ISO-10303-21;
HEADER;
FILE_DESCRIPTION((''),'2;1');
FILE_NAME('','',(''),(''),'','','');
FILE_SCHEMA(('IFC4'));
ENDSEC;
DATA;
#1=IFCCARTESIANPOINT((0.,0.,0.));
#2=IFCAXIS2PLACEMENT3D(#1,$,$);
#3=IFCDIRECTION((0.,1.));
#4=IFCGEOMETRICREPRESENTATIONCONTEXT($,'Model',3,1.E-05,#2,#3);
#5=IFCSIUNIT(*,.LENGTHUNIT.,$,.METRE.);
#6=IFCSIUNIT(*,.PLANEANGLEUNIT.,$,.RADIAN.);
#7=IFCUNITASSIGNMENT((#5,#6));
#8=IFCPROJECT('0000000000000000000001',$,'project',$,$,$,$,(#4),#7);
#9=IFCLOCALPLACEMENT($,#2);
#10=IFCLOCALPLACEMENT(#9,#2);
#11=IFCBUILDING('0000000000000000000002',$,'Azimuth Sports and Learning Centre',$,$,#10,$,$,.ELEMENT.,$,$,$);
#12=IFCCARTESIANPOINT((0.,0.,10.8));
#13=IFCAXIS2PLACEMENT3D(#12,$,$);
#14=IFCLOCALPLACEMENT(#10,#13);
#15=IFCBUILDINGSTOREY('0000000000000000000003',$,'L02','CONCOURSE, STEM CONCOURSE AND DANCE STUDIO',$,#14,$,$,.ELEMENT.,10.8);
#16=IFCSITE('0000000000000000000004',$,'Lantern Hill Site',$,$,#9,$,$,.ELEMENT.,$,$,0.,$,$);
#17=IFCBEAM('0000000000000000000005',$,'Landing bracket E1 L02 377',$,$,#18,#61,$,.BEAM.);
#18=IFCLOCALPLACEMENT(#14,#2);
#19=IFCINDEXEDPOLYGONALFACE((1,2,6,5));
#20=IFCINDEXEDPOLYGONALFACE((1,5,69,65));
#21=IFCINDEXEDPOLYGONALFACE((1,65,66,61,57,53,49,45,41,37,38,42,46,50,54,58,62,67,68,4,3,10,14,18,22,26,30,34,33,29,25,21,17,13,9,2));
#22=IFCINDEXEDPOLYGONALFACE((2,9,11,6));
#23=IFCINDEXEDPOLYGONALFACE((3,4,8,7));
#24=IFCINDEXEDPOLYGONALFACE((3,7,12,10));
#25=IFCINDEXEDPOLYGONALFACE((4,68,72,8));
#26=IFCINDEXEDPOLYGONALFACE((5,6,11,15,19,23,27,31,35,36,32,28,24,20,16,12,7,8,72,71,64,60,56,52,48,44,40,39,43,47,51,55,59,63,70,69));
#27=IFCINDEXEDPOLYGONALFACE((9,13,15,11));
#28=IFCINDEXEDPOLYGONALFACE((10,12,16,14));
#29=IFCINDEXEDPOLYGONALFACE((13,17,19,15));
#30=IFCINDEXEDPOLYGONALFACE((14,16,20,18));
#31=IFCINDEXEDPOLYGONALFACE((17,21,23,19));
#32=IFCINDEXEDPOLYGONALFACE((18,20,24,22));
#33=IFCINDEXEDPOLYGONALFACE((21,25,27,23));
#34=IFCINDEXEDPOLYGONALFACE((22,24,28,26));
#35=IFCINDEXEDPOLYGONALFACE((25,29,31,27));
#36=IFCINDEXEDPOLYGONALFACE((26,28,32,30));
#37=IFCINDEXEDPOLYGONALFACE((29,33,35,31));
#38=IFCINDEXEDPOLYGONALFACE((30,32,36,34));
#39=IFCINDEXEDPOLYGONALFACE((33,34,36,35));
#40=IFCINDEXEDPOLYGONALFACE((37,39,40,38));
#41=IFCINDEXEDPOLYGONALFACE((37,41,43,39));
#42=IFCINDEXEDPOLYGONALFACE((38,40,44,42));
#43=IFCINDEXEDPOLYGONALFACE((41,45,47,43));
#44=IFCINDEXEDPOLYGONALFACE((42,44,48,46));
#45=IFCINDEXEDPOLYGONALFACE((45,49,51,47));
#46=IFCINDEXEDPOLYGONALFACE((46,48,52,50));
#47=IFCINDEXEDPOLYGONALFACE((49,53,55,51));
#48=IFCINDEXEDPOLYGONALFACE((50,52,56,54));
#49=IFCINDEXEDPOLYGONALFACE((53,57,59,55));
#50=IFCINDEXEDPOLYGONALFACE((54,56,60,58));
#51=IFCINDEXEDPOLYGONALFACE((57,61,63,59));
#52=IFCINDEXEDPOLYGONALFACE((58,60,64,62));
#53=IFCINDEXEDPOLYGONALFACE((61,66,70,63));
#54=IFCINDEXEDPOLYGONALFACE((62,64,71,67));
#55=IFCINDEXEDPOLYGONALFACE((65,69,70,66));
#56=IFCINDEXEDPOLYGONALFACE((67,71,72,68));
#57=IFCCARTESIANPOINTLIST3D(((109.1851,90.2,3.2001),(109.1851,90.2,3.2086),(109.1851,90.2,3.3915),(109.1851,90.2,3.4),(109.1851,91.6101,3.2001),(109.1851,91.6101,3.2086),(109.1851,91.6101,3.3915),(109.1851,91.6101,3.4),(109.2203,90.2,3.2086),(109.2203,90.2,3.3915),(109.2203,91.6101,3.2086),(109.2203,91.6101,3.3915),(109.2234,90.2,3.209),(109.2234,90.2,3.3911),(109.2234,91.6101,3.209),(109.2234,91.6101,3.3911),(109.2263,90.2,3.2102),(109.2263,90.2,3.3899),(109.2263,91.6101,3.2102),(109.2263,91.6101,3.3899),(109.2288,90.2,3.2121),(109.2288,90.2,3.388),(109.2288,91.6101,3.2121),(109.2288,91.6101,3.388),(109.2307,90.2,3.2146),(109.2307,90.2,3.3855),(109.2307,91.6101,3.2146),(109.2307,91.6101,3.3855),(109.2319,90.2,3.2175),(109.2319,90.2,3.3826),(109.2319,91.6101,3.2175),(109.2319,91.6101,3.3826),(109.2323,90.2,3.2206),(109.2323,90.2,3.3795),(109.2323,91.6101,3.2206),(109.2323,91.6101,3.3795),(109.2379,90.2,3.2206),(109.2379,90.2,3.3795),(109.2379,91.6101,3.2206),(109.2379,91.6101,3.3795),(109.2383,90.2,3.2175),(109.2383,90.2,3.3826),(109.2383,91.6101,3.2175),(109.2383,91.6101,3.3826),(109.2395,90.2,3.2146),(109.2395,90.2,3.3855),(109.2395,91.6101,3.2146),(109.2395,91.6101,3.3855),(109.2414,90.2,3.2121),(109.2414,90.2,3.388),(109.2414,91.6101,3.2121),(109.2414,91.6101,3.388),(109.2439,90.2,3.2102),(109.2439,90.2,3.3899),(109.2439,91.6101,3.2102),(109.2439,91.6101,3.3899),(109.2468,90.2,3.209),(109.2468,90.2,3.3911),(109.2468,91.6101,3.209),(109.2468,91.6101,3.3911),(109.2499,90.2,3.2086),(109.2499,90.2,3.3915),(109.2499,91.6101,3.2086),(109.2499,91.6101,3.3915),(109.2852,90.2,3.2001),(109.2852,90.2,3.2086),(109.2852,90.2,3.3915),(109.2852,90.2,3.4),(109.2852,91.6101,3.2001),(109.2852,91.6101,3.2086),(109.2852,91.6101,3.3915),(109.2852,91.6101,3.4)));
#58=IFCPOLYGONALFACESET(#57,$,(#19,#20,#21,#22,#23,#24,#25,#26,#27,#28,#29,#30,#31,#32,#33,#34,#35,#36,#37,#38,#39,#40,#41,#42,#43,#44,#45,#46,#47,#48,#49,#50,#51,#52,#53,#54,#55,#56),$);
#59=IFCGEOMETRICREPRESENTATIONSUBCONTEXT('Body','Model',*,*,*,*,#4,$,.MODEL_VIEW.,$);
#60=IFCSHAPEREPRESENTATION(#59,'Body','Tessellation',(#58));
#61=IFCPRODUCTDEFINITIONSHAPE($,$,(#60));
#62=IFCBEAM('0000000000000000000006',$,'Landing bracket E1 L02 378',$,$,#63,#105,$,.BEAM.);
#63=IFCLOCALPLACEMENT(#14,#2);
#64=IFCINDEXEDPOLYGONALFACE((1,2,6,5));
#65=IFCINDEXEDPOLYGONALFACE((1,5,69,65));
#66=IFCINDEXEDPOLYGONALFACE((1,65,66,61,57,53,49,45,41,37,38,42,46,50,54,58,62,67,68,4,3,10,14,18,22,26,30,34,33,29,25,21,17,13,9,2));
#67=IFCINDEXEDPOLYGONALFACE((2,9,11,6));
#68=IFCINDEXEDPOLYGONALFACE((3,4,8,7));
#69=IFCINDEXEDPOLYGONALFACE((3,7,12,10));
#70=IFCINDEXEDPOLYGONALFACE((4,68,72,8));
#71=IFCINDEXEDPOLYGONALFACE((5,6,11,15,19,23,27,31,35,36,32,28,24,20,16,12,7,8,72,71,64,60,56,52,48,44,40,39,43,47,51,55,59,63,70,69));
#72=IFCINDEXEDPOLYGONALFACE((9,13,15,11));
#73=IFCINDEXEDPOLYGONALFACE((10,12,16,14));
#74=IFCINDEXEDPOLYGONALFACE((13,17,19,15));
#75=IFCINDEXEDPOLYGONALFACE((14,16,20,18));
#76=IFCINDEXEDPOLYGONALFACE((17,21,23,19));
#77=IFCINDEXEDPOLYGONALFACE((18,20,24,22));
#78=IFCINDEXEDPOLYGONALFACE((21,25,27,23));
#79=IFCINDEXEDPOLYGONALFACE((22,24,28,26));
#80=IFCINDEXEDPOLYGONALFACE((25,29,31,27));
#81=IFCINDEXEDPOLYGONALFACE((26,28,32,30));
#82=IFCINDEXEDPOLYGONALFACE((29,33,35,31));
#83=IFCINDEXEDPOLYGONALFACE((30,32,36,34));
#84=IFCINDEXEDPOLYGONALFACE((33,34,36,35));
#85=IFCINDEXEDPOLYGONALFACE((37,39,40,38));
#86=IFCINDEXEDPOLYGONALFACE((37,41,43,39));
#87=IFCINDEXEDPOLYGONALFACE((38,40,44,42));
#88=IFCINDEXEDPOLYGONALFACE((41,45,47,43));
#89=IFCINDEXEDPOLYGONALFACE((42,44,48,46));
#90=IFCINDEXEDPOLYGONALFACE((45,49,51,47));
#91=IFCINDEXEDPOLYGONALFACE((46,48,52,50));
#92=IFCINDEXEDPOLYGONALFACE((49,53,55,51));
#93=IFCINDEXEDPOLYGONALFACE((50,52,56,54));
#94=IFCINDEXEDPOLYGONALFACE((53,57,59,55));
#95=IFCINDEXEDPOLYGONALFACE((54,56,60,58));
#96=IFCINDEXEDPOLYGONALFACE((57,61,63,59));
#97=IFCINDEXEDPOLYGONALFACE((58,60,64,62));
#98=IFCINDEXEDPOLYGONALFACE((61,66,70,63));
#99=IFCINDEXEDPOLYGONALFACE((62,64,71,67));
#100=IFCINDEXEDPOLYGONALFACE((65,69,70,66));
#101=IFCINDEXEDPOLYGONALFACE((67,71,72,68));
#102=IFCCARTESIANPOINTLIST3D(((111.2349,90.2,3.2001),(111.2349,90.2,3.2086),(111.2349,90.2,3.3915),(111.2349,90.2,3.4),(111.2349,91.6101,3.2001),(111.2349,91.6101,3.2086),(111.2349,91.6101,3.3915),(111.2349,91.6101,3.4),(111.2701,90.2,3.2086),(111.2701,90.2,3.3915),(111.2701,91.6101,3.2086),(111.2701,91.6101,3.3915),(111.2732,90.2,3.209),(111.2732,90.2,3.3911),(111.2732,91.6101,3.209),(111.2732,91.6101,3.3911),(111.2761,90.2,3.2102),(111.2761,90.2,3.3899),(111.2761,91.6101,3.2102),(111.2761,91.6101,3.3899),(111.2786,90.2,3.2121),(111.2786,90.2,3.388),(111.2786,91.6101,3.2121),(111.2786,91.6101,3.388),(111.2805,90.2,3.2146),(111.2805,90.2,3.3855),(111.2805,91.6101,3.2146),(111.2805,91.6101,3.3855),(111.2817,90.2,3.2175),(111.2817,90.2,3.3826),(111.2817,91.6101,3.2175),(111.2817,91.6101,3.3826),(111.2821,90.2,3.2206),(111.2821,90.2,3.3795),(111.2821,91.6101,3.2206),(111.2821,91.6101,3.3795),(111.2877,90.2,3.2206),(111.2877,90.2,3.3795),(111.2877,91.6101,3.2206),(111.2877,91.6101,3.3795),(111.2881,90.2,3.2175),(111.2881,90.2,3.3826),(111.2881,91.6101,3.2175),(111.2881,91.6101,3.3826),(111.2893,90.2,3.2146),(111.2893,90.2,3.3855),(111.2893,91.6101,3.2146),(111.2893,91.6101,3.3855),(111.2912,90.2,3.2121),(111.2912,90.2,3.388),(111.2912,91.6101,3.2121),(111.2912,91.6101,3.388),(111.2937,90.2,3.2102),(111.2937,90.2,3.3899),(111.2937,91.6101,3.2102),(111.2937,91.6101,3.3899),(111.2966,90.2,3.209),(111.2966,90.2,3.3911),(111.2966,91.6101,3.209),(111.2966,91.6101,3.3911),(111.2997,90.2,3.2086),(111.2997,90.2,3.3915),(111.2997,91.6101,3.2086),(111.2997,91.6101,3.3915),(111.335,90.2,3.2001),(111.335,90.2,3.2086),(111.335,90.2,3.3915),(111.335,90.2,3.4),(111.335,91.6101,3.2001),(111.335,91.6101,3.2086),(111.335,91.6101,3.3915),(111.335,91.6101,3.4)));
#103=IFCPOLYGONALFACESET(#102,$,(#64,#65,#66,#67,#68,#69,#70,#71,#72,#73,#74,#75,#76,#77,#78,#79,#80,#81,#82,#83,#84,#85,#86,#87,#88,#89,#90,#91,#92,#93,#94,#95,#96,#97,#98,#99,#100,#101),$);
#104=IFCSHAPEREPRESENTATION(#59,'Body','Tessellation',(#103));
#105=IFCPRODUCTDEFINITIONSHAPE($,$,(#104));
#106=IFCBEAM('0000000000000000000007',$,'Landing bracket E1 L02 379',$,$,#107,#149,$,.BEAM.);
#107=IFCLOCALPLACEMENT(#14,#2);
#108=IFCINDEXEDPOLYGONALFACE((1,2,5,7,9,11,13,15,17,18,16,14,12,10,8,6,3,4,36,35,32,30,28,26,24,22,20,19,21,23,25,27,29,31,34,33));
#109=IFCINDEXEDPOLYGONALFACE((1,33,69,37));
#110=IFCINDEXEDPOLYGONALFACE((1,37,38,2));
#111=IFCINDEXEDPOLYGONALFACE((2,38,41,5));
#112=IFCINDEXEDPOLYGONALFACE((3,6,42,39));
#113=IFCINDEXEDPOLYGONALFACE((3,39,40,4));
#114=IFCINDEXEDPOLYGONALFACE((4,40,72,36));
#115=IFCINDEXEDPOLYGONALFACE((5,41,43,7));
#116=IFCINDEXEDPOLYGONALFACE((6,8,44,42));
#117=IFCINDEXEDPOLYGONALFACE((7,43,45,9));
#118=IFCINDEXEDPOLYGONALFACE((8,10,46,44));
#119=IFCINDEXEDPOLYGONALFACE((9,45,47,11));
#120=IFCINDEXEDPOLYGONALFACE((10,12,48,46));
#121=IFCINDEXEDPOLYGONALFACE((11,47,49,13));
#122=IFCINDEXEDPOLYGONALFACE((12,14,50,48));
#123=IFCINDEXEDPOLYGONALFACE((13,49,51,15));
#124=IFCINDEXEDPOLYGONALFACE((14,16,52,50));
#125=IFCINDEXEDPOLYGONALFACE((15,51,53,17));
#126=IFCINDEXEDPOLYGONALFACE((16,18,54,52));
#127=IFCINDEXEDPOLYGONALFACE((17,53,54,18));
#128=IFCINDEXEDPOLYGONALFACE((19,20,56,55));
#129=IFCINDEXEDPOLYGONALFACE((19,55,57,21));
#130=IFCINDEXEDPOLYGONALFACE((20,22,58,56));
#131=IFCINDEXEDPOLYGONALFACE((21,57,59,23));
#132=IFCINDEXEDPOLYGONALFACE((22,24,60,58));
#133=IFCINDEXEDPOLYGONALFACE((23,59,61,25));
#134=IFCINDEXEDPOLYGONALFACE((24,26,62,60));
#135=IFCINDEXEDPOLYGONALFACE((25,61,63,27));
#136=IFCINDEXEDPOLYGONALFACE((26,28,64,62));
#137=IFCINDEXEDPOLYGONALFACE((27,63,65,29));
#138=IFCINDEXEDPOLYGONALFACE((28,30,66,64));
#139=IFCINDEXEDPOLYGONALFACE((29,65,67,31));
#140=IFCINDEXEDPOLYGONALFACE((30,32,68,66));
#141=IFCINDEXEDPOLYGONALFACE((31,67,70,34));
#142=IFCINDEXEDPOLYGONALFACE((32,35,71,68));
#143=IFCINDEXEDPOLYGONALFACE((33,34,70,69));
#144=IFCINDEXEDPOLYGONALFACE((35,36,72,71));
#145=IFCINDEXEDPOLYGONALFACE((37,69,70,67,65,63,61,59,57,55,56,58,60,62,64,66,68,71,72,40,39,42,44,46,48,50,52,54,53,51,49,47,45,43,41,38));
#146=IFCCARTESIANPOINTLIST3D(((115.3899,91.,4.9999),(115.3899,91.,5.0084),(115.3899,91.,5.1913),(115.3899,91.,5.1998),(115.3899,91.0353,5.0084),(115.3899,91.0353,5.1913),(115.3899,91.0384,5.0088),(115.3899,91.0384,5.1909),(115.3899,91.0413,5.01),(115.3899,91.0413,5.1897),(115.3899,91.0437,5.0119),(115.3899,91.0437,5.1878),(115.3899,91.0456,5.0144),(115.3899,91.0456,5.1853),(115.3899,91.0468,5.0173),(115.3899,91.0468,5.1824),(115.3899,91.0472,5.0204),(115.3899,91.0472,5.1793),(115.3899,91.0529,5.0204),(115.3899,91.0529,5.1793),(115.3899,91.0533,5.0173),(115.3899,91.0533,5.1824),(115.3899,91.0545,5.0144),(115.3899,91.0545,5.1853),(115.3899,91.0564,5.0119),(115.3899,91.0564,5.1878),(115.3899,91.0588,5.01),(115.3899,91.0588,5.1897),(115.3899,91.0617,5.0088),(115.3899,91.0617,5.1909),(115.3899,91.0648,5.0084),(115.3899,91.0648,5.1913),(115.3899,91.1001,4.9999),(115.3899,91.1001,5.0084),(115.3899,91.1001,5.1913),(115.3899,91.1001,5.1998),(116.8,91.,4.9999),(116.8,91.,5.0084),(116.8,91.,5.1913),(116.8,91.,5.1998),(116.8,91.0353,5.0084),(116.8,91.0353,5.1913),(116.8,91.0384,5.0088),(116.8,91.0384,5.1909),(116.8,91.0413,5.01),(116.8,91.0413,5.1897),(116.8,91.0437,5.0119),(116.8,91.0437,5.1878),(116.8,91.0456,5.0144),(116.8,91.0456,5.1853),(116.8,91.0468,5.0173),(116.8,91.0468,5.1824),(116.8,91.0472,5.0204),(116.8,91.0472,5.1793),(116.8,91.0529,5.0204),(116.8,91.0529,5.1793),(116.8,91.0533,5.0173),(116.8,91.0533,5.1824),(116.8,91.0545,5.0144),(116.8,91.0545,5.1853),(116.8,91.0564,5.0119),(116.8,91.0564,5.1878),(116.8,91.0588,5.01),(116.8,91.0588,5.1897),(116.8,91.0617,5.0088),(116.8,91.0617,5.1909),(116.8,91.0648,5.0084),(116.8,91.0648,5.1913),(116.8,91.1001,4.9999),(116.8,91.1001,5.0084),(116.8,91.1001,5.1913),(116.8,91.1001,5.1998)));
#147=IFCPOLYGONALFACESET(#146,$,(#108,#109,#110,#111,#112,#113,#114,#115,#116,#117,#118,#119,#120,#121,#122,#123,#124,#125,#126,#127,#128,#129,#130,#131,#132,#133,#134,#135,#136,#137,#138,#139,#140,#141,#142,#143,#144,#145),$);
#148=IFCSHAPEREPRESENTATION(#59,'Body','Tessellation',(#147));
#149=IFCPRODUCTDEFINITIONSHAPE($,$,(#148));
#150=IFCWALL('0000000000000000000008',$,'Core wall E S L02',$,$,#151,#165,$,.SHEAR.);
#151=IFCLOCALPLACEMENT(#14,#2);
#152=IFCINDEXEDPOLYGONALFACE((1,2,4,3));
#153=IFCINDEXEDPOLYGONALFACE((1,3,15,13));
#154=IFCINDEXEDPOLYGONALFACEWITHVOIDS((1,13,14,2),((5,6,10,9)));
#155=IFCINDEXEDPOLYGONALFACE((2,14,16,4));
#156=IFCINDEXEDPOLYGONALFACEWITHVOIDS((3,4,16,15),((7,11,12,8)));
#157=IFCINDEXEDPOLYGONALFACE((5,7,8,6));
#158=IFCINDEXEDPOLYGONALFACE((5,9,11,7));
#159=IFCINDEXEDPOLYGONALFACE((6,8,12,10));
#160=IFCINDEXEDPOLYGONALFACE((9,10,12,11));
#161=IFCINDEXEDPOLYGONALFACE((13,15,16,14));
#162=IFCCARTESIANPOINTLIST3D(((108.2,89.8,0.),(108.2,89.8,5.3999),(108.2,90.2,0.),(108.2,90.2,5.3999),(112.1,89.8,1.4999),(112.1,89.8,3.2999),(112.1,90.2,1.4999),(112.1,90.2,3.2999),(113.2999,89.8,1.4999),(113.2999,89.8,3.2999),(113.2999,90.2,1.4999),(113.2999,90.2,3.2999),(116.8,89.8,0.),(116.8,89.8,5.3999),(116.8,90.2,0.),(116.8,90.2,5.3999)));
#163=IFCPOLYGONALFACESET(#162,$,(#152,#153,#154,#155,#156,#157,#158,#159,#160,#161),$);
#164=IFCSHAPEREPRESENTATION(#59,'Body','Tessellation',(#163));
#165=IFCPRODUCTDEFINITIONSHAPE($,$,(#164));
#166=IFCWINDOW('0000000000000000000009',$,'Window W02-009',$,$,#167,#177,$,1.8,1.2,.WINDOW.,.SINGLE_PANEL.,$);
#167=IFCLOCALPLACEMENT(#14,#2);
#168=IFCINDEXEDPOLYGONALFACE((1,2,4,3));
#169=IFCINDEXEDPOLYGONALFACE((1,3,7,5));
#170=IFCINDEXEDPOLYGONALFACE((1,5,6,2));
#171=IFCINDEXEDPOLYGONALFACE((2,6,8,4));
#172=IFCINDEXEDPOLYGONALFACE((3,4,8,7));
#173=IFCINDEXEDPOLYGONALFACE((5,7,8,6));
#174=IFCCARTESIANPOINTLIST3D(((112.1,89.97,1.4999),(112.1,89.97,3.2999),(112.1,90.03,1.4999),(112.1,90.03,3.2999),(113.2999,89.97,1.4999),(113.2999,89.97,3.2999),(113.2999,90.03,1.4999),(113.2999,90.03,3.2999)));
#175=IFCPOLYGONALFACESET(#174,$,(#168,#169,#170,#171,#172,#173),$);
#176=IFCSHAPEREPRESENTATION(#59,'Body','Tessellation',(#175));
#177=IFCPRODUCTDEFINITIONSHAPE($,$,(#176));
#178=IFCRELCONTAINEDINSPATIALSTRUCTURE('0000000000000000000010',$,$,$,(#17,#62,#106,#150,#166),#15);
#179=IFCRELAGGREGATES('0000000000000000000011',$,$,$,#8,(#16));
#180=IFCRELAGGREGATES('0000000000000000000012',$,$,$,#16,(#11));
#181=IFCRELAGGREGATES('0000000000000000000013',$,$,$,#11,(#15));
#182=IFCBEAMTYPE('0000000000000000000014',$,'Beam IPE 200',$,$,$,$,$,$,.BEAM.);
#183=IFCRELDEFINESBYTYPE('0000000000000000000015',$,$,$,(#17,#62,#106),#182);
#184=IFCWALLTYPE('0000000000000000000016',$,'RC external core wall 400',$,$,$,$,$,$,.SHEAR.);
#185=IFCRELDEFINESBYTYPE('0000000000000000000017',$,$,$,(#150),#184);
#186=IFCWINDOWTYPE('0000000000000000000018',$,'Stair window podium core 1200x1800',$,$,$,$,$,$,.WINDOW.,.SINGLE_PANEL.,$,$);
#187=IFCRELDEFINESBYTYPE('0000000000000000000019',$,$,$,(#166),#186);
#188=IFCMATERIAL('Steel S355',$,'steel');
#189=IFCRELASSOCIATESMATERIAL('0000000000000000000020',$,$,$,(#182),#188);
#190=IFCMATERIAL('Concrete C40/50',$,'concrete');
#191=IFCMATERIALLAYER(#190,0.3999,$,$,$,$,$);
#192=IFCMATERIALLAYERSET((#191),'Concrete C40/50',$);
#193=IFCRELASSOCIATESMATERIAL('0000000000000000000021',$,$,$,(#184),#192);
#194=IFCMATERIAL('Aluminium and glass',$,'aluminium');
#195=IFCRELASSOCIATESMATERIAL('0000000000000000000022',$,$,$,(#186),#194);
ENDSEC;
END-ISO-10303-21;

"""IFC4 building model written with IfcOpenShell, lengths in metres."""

from ifc_helpers import new_model, si_unit, direction, frame, frame_2d, origin, origin_2d, place, context, subcontext, project, spatial, rectangle, i_section, extrude, material, layer, layer_set, material_profile, profile_set, type_object, element, fill, save


model = new_model("IFC4")

# Units and contexts
model_context = context("Model", 3, precision=1e-05, world=origin(), true_north=direction((0.0, 1.0)))
body_context = subcontext(model_context, "Body", "Model", "MODEL_VIEW")
ifc_project = project(units=[si_unit("LENGTHUNIT", "METRE"), si_unit("PLANEANGLEUNIT", "RADIAN")], contexts=[model_context])

# Site, building, storey
site_placement = place(None, origin())
site = spatial("IfcSite", under=ifc_project, at=site_placement, Name="Lantern Hill Site", CompositionType="ELEMENT", RefElevation=0.0)
building_placement = place(site_placement, origin())
building = spatial("IfcBuilding", under=site, at=building_placement, Name="Azimuth Sports and Learning Centre", CompositionType="ELEMENT")
storey_placement = place(building_placement, frame((0.0, 0.0, 10.8)))
storey = spatial("IfcBuildingStorey", under=building, at=storey_placement, Name="L02", Description="CONCOURSE, STEM CONCOURSE AND DANCE STUDIO", CompositionType="ELEMENT", Elevation=10.8)

# Beams
ifc_material_1 = material(Name="Steel S355", Category="steel")
ifc_material_profile = material_profile(ifc_material_1, i_section(OverallWidth=0.1001, OverallDepth=0.2, WebThickness=0.0056, FlangeThickness=0.0085, FilletRadius=0.012, at=origin_2d()), Name="IPE 200")
ifc_profile_set = profile_set([ifc_material_profile], Name="Steel S355")
beam_type = type_object("IfcBeamType", Name="Beam IPE 200", PredefinedType="BEAM", material=ifc_profile_set)
for number, where, z_axis, x_axis, name in (
    (1, (109.2351, 90.2, 3.3), (0.0, 1.0, 0.0), (-1.0, 0.0, 0.0), "Landing bracket E1 L02 377"),
    (2, (111.2849, 90.2, 3.3), (0.0, 1.0, 0.0), (-1.0, 0.0, 0.0), "Landing bracket E1 L02 378"),
    (3, (116.8, 91.05, 5.0999), (-1.0, 0.0, 0.0), (0.0, -1.0, 0.0), "Landing bracket E1 L02 379"),
):
    element("IfcBeam", number, at=place(storey_placement, frame(where, z_axis=z_axis, x_axis=x_axis)), inside=storey, type_object=beam_type, Name=name, PredefinedType="BEAM", context=body_context, shape_type="SweptSolid", body=[
        extrude(i_section(OverallWidth=0.1001, OverallDepth=0.2, WebThickness=0.0056, FlangeThickness=0.0085, FilletRadius=0.012, at=origin_2d()), origin(), (0.0, 0.0, 1.0), 1.4102),
    ])

# Wall, opening, window
ifc_material_2 = material(Name="Concrete C40/50", Category="concrete")
ifc_layer_1 = layer(ifc_material_2, 0.3999)
ifc_layer_set_1 = layer_set([ifc_layer_1], Name="Concrete C40/50")
wall_type = type_object("IfcWallType", Name="RC external core wall 400", PredefinedType="SHEAR", material=ifc_layer_set_1)
wall_placement = place(storey_placement, frame((108.2, 90.0, 0.0), z_axis=(0.0, 0.0, 1.0), x_axis=(1.0, 0.0, 0.0)))
wall = element("IfcWall", 4, at=wall_placement, inside=storey, type_object=wall_type, Name="Core wall E S L02", PredefinedType="SHEAR", context=body_context, shape_type="SweptSolid", body=[
    extrude(rectangle(XDim=8.6001, YDim=0.3999, at=frame_2d((4.3, 0.0))), origin(), (0.0, 0.0, 1.0), 5.3999),
])
opening_placement = place(wall_placement, frame((3.8999, 0.0, 1.5)))
opening = element("IfcOpeningElement", 5, at=opening_placement, cuts=wall, PredefinedType="OPENING", context=body_context, shape_type="SweptSolid", body=[
    extrude(rectangle(XDim=1.2, YDim=1.8, at=frame_2d((0.6001, 0.8999))), frame((0.0, 0.2109, 0.0), z_axis=(0.0, -1.0, 0.0), x_axis=(1.0, 0.0, 0.0)), (0.0, 0.0, 1.0), 0.4219),
])
ifc_material_3 = material(Name="Aluminium and glass", Category="aluminium")
window_type = type_object("IfcWindowType", Name="Stair window podium core 1200x1800", PartitioningType="SINGLE_PANEL", PredefinedType="WINDOW", material=ifc_material_3)
window_placement = place(opening_placement, origin())
window = element("IfcWindow", 6, at=window_placement, inside=storey, type_object=window_type, Name="Window W02-009", OverallHeight=1.8, OverallWidth=1.2, PartitioningType="SINGLE_PANEL", PredefinedType="WINDOW", context=body_context, shape_type="SweptSolid", body=[
    extrude(rectangle(XDim=1.2, YDim=1.8, at=frame_2d((0.6001, 0.8999))), frame((0.0, 0.03, 0.0), z_axis=(0.0, -1.0, 0.0), x_axis=(1.0, 0.0, 0.0)), (0.0, 0.0, 1.0), 0.0601),
])
fill(opening, window)

save(model, "model.ifc")
